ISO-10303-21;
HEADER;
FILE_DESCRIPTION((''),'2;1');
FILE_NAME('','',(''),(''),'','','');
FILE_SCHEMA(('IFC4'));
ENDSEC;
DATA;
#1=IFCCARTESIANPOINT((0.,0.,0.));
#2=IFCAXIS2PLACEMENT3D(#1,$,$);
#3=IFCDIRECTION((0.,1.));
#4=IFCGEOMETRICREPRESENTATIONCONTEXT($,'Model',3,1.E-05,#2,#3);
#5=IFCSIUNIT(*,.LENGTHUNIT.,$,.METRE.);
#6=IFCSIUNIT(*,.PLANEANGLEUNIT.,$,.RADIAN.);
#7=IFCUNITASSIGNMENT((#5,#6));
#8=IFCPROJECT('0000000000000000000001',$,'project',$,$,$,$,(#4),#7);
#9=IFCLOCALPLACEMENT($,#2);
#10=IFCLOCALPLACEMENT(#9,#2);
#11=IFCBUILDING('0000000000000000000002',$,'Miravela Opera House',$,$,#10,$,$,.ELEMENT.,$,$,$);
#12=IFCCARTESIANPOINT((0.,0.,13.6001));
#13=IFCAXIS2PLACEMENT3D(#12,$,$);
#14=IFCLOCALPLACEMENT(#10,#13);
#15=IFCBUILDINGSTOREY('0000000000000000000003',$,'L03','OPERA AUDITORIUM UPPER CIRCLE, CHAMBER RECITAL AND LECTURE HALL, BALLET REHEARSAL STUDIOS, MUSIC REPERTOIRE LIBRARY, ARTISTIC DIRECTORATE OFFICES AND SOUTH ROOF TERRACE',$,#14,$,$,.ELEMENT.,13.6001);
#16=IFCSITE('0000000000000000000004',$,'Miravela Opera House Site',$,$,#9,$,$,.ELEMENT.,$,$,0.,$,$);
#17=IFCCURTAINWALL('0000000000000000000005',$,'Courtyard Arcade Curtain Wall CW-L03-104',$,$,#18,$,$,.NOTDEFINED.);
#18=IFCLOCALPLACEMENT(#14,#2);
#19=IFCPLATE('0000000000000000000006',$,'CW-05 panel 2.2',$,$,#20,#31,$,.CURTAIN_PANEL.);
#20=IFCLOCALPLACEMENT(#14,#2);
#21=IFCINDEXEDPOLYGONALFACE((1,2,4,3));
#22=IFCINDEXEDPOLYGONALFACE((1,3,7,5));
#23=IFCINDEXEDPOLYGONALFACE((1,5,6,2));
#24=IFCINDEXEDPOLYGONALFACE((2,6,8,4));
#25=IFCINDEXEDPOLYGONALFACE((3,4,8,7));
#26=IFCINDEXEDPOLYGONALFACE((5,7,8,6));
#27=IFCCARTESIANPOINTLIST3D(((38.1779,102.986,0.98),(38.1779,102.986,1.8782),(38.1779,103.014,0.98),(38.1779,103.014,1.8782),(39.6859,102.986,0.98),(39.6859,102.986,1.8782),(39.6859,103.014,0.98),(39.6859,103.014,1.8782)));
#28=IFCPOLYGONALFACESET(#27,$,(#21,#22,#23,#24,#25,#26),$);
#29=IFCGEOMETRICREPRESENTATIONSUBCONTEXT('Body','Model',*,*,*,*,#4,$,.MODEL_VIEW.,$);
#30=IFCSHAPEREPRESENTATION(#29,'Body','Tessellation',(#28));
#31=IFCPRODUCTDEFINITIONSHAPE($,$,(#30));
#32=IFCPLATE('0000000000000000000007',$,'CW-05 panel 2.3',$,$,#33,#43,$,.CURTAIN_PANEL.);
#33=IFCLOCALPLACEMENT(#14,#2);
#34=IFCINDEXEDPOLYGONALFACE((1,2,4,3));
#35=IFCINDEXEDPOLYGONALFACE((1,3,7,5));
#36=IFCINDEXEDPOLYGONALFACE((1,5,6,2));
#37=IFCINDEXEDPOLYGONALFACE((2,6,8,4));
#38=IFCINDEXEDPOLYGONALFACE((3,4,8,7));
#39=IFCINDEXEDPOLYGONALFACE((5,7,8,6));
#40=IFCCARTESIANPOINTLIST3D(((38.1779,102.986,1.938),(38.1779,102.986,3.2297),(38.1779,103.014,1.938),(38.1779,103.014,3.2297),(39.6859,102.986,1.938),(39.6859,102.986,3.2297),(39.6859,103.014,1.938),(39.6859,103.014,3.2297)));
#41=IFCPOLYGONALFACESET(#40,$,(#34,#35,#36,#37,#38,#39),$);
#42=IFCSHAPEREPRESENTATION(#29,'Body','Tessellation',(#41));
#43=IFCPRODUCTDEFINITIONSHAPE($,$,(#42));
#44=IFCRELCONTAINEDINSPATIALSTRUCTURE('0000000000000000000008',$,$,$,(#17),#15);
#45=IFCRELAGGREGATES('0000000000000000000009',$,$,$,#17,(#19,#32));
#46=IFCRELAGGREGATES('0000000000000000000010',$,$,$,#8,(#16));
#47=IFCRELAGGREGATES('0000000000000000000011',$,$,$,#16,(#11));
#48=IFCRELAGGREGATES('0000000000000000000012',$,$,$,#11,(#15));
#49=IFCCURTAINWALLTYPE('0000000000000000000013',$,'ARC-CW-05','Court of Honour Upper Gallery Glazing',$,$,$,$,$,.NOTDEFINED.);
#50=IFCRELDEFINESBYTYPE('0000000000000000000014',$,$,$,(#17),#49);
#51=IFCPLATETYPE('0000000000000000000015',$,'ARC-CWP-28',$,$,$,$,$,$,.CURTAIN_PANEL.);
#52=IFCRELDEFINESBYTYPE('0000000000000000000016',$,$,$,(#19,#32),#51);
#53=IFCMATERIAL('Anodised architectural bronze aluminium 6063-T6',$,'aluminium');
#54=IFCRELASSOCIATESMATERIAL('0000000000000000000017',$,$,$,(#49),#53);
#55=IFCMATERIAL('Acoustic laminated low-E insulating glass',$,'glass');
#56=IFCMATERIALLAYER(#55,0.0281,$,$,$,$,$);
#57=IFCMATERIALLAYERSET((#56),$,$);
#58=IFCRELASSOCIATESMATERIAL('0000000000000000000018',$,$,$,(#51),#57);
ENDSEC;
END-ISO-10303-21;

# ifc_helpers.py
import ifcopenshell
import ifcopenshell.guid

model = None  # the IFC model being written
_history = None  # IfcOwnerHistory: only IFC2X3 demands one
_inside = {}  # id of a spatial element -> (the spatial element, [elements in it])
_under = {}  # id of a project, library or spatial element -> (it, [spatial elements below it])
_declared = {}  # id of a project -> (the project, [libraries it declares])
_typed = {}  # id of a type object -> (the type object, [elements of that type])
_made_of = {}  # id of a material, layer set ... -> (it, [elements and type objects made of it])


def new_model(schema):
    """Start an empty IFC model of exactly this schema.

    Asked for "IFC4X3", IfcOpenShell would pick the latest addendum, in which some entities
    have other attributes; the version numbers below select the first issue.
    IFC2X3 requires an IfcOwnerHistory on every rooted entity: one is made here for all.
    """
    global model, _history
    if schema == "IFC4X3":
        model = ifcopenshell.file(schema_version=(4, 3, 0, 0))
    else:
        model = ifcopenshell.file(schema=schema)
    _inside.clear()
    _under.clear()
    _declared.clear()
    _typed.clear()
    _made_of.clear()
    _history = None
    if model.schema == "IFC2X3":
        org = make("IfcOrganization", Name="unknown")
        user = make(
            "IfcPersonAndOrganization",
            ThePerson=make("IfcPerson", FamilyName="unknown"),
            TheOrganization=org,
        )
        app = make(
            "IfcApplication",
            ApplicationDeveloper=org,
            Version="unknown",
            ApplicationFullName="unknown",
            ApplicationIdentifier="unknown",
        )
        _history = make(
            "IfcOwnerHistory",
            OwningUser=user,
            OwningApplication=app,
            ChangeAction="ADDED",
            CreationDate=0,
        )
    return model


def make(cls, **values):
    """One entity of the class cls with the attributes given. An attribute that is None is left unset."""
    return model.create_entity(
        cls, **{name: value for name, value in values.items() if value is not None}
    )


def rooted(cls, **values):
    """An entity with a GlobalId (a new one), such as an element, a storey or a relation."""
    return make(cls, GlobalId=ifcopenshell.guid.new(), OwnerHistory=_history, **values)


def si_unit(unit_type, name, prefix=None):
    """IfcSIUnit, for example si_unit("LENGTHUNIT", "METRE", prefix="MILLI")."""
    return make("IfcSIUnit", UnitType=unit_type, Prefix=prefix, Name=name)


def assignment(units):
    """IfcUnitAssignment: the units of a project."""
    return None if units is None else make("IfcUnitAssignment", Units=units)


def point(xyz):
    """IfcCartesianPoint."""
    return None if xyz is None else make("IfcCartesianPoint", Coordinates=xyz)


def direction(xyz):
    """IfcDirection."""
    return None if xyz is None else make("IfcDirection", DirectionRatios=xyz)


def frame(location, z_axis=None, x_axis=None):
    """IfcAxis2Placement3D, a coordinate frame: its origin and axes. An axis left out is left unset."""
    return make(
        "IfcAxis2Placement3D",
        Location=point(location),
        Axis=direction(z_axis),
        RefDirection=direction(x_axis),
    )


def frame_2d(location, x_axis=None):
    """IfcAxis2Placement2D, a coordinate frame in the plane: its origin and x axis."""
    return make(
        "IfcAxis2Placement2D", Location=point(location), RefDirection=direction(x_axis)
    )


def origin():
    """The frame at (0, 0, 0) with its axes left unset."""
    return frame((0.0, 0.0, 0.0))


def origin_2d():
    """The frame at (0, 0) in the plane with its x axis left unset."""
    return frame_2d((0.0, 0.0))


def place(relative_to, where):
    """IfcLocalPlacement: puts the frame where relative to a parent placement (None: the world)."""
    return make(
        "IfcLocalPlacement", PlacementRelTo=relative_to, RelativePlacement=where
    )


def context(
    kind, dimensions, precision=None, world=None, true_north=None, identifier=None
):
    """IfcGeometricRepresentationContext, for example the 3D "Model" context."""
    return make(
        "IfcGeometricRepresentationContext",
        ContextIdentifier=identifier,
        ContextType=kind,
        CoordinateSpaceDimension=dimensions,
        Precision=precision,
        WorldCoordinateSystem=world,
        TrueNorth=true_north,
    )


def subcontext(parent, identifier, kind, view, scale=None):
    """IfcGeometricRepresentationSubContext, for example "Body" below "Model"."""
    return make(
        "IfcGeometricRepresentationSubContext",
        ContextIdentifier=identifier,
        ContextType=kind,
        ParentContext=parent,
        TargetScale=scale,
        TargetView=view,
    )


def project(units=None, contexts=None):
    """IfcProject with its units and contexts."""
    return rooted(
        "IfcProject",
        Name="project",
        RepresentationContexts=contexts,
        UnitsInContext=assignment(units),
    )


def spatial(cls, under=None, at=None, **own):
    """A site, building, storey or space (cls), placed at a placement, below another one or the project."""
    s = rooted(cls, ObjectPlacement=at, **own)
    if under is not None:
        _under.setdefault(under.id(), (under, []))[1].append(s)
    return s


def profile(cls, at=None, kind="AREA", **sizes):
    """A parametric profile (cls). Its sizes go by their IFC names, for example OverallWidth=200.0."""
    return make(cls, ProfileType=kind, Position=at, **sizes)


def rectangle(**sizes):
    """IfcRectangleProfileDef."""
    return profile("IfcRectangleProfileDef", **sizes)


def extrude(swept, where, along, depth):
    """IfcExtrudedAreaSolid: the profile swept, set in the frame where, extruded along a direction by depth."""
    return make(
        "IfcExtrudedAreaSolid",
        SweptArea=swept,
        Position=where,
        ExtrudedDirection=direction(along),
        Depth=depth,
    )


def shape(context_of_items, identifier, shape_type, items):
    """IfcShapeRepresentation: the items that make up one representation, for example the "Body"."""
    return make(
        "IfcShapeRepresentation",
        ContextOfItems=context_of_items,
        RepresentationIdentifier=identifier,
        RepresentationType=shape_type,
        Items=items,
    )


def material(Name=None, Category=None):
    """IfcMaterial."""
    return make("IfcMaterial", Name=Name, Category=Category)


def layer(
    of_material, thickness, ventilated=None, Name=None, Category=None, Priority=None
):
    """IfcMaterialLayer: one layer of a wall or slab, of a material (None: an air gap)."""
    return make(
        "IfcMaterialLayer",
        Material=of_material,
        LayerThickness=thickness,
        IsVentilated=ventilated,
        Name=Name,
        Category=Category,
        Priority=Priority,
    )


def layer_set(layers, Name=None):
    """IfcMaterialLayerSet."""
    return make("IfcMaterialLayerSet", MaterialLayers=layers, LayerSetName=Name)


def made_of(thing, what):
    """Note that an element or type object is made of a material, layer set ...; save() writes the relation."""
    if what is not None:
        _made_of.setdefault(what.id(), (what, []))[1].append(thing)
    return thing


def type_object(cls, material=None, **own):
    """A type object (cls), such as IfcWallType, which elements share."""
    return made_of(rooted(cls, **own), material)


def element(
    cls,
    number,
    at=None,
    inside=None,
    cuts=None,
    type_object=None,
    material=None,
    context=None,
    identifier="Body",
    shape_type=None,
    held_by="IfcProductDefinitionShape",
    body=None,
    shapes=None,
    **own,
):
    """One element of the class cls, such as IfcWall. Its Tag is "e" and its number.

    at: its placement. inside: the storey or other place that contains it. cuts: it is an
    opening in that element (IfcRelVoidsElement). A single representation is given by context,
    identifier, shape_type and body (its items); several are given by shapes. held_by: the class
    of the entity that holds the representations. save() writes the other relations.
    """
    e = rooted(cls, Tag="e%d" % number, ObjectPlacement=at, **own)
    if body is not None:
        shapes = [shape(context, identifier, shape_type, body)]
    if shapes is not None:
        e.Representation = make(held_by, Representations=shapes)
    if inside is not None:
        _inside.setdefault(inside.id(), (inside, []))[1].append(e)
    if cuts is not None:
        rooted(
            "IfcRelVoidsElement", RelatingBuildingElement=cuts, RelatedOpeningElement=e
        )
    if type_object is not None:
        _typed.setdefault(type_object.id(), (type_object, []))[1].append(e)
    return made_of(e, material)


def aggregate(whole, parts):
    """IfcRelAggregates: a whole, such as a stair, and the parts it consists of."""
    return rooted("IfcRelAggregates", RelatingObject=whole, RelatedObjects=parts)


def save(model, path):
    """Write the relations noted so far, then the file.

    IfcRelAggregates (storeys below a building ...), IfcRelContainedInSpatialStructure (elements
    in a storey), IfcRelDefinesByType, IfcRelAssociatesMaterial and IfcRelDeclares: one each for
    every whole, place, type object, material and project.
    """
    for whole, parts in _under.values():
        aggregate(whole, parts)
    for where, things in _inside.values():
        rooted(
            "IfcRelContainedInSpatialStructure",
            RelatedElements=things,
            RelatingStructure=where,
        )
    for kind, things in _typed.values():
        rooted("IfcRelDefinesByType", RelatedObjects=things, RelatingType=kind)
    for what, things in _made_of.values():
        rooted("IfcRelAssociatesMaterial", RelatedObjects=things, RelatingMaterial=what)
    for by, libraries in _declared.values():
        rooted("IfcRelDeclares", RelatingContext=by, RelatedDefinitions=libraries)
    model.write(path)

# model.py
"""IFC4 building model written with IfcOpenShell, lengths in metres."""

from ifc_helpers import new_model, si_unit, direction, frame, origin, origin_2d, place, context, subcontext, project, spatial, rectangle, extrude, material, layer, layer_set, type_object, element, aggregate, save


model = new_model("IFC4")

# Units and contexts
model_context = context("Model", 3, precision=1e-05, world=origin(), true_north=direction((0.0, 1.0)))
body_context = subcontext(model_context, "Body", "Model", "MODEL_VIEW")
ifc_project = project(units=[si_unit("LENGTHUNIT", "METRE"), si_unit("PLANEANGLEUNIT", "RADIAN")], contexts=[model_context])

# Site, building, storey
site_placement = place(None, origin())
site = spatial("IfcSite", under=ifc_project, at=site_placement, Name="Miravela Opera House Site", CompositionType="ELEMENT", RefElevation=0.0)
building_placement = place(site_placement, origin())
building = spatial("IfcBuilding", under=site, at=building_placement, Name="Miravela Opera House", CompositionType="ELEMENT")
storey_placement = place(building_placement, frame((0.0, 0.0, 13.6001)))
storey = spatial("IfcBuildingStorey", under=building, at=storey_placement, Name="L03", Description="OPERA AUDITORIUM UPPER CIRCLE, CHAMBER RECITAL AND LECTURE HALL, BALLET REHEARSAL STUDIOS, MUSIC REPERTOIRE LIBRARY, ARTISTIC DIRECTORATE OFFICES AND SOUTH ROOF TERRACE", CompositionType="ELEMENT", Elevation=13.6001)

# Curtain wall, plates
ifc_material_1 = material(Name="Anodised architectural bronze aluminium 6063-T6", Category="aluminium")
curtain_wall_type = type_object("IfcCurtainWallType", Name="ARC-CW-05", Description="Court of Honour Upper Gallery Glazing", PredefinedType="NOTDEFINED", material=ifc_material_1)
curtain_wall_placement = place(storey_placement, origin())
curtain_wall = element("IfcCurtainWall", 1, at=curtain_wall_placement, inside=storey, type_object=curtain_wall_type, Name="Courtyard Arcade Curtain Wall CW-L03-104", PredefinedType="NOTDEFINED")
ifc_material_2 = material(Name="Acoustic laminated low-E insulating glass", Category="glass")
ifc_layer = layer(ifc_material_2, 0.0281)
ifc_layer_set = layer_set([ifc_layer])
plate_type = type_object("IfcPlateType", Name="ARC-CWP-28", PredefinedType="CURTAIN_PANEL", material=ifc_layer_set)
plate_1_placement = place(storey_placement, frame((38.9319, 103.0, 0.98), z_axis=(0.0, 0.0, 1.0), x_axis=(1.0, 0.0, 0.0)))
plate_1 = element("IfcPlate", 2, at=plate_1_placement, type_object=plate_type, Name="CW-05 panel 2.2", PredefinedType="CURTAIN_PANEL", context=body_context, shape_type="SweptSolid", body=[
    extrude(rectangle(XDim=1.5081, YDim=0.0281, at=origin_2d()), origin(), (0.0, 0.0, 1.0), 0.8982),
])
plate_2_placement = place(storey_placement, frame((38.9319, 103.0, 1.938), z_axis=(0.0, 0.0, 1.0), x_axis=(1.0, 0.0, 0.0)))
plate_2 = element("IfcPlate", 3, at=plate_2_placement, type_object=plate_type, Name="CW-05 panel 2.3", PredefinedType="CURTAIN_PANEL", context=body_context, shape_type="SweptSolid", body=[
    extrude(rectangle(XDim=1.5081, YDim=0.0281, at=origin_2d()), origin(), (0.0, 0.0, 1.0), 1.2917),
])
aggregate(curtain_wall, [plate_1, plate_2])

save(model, "model.ifc")
